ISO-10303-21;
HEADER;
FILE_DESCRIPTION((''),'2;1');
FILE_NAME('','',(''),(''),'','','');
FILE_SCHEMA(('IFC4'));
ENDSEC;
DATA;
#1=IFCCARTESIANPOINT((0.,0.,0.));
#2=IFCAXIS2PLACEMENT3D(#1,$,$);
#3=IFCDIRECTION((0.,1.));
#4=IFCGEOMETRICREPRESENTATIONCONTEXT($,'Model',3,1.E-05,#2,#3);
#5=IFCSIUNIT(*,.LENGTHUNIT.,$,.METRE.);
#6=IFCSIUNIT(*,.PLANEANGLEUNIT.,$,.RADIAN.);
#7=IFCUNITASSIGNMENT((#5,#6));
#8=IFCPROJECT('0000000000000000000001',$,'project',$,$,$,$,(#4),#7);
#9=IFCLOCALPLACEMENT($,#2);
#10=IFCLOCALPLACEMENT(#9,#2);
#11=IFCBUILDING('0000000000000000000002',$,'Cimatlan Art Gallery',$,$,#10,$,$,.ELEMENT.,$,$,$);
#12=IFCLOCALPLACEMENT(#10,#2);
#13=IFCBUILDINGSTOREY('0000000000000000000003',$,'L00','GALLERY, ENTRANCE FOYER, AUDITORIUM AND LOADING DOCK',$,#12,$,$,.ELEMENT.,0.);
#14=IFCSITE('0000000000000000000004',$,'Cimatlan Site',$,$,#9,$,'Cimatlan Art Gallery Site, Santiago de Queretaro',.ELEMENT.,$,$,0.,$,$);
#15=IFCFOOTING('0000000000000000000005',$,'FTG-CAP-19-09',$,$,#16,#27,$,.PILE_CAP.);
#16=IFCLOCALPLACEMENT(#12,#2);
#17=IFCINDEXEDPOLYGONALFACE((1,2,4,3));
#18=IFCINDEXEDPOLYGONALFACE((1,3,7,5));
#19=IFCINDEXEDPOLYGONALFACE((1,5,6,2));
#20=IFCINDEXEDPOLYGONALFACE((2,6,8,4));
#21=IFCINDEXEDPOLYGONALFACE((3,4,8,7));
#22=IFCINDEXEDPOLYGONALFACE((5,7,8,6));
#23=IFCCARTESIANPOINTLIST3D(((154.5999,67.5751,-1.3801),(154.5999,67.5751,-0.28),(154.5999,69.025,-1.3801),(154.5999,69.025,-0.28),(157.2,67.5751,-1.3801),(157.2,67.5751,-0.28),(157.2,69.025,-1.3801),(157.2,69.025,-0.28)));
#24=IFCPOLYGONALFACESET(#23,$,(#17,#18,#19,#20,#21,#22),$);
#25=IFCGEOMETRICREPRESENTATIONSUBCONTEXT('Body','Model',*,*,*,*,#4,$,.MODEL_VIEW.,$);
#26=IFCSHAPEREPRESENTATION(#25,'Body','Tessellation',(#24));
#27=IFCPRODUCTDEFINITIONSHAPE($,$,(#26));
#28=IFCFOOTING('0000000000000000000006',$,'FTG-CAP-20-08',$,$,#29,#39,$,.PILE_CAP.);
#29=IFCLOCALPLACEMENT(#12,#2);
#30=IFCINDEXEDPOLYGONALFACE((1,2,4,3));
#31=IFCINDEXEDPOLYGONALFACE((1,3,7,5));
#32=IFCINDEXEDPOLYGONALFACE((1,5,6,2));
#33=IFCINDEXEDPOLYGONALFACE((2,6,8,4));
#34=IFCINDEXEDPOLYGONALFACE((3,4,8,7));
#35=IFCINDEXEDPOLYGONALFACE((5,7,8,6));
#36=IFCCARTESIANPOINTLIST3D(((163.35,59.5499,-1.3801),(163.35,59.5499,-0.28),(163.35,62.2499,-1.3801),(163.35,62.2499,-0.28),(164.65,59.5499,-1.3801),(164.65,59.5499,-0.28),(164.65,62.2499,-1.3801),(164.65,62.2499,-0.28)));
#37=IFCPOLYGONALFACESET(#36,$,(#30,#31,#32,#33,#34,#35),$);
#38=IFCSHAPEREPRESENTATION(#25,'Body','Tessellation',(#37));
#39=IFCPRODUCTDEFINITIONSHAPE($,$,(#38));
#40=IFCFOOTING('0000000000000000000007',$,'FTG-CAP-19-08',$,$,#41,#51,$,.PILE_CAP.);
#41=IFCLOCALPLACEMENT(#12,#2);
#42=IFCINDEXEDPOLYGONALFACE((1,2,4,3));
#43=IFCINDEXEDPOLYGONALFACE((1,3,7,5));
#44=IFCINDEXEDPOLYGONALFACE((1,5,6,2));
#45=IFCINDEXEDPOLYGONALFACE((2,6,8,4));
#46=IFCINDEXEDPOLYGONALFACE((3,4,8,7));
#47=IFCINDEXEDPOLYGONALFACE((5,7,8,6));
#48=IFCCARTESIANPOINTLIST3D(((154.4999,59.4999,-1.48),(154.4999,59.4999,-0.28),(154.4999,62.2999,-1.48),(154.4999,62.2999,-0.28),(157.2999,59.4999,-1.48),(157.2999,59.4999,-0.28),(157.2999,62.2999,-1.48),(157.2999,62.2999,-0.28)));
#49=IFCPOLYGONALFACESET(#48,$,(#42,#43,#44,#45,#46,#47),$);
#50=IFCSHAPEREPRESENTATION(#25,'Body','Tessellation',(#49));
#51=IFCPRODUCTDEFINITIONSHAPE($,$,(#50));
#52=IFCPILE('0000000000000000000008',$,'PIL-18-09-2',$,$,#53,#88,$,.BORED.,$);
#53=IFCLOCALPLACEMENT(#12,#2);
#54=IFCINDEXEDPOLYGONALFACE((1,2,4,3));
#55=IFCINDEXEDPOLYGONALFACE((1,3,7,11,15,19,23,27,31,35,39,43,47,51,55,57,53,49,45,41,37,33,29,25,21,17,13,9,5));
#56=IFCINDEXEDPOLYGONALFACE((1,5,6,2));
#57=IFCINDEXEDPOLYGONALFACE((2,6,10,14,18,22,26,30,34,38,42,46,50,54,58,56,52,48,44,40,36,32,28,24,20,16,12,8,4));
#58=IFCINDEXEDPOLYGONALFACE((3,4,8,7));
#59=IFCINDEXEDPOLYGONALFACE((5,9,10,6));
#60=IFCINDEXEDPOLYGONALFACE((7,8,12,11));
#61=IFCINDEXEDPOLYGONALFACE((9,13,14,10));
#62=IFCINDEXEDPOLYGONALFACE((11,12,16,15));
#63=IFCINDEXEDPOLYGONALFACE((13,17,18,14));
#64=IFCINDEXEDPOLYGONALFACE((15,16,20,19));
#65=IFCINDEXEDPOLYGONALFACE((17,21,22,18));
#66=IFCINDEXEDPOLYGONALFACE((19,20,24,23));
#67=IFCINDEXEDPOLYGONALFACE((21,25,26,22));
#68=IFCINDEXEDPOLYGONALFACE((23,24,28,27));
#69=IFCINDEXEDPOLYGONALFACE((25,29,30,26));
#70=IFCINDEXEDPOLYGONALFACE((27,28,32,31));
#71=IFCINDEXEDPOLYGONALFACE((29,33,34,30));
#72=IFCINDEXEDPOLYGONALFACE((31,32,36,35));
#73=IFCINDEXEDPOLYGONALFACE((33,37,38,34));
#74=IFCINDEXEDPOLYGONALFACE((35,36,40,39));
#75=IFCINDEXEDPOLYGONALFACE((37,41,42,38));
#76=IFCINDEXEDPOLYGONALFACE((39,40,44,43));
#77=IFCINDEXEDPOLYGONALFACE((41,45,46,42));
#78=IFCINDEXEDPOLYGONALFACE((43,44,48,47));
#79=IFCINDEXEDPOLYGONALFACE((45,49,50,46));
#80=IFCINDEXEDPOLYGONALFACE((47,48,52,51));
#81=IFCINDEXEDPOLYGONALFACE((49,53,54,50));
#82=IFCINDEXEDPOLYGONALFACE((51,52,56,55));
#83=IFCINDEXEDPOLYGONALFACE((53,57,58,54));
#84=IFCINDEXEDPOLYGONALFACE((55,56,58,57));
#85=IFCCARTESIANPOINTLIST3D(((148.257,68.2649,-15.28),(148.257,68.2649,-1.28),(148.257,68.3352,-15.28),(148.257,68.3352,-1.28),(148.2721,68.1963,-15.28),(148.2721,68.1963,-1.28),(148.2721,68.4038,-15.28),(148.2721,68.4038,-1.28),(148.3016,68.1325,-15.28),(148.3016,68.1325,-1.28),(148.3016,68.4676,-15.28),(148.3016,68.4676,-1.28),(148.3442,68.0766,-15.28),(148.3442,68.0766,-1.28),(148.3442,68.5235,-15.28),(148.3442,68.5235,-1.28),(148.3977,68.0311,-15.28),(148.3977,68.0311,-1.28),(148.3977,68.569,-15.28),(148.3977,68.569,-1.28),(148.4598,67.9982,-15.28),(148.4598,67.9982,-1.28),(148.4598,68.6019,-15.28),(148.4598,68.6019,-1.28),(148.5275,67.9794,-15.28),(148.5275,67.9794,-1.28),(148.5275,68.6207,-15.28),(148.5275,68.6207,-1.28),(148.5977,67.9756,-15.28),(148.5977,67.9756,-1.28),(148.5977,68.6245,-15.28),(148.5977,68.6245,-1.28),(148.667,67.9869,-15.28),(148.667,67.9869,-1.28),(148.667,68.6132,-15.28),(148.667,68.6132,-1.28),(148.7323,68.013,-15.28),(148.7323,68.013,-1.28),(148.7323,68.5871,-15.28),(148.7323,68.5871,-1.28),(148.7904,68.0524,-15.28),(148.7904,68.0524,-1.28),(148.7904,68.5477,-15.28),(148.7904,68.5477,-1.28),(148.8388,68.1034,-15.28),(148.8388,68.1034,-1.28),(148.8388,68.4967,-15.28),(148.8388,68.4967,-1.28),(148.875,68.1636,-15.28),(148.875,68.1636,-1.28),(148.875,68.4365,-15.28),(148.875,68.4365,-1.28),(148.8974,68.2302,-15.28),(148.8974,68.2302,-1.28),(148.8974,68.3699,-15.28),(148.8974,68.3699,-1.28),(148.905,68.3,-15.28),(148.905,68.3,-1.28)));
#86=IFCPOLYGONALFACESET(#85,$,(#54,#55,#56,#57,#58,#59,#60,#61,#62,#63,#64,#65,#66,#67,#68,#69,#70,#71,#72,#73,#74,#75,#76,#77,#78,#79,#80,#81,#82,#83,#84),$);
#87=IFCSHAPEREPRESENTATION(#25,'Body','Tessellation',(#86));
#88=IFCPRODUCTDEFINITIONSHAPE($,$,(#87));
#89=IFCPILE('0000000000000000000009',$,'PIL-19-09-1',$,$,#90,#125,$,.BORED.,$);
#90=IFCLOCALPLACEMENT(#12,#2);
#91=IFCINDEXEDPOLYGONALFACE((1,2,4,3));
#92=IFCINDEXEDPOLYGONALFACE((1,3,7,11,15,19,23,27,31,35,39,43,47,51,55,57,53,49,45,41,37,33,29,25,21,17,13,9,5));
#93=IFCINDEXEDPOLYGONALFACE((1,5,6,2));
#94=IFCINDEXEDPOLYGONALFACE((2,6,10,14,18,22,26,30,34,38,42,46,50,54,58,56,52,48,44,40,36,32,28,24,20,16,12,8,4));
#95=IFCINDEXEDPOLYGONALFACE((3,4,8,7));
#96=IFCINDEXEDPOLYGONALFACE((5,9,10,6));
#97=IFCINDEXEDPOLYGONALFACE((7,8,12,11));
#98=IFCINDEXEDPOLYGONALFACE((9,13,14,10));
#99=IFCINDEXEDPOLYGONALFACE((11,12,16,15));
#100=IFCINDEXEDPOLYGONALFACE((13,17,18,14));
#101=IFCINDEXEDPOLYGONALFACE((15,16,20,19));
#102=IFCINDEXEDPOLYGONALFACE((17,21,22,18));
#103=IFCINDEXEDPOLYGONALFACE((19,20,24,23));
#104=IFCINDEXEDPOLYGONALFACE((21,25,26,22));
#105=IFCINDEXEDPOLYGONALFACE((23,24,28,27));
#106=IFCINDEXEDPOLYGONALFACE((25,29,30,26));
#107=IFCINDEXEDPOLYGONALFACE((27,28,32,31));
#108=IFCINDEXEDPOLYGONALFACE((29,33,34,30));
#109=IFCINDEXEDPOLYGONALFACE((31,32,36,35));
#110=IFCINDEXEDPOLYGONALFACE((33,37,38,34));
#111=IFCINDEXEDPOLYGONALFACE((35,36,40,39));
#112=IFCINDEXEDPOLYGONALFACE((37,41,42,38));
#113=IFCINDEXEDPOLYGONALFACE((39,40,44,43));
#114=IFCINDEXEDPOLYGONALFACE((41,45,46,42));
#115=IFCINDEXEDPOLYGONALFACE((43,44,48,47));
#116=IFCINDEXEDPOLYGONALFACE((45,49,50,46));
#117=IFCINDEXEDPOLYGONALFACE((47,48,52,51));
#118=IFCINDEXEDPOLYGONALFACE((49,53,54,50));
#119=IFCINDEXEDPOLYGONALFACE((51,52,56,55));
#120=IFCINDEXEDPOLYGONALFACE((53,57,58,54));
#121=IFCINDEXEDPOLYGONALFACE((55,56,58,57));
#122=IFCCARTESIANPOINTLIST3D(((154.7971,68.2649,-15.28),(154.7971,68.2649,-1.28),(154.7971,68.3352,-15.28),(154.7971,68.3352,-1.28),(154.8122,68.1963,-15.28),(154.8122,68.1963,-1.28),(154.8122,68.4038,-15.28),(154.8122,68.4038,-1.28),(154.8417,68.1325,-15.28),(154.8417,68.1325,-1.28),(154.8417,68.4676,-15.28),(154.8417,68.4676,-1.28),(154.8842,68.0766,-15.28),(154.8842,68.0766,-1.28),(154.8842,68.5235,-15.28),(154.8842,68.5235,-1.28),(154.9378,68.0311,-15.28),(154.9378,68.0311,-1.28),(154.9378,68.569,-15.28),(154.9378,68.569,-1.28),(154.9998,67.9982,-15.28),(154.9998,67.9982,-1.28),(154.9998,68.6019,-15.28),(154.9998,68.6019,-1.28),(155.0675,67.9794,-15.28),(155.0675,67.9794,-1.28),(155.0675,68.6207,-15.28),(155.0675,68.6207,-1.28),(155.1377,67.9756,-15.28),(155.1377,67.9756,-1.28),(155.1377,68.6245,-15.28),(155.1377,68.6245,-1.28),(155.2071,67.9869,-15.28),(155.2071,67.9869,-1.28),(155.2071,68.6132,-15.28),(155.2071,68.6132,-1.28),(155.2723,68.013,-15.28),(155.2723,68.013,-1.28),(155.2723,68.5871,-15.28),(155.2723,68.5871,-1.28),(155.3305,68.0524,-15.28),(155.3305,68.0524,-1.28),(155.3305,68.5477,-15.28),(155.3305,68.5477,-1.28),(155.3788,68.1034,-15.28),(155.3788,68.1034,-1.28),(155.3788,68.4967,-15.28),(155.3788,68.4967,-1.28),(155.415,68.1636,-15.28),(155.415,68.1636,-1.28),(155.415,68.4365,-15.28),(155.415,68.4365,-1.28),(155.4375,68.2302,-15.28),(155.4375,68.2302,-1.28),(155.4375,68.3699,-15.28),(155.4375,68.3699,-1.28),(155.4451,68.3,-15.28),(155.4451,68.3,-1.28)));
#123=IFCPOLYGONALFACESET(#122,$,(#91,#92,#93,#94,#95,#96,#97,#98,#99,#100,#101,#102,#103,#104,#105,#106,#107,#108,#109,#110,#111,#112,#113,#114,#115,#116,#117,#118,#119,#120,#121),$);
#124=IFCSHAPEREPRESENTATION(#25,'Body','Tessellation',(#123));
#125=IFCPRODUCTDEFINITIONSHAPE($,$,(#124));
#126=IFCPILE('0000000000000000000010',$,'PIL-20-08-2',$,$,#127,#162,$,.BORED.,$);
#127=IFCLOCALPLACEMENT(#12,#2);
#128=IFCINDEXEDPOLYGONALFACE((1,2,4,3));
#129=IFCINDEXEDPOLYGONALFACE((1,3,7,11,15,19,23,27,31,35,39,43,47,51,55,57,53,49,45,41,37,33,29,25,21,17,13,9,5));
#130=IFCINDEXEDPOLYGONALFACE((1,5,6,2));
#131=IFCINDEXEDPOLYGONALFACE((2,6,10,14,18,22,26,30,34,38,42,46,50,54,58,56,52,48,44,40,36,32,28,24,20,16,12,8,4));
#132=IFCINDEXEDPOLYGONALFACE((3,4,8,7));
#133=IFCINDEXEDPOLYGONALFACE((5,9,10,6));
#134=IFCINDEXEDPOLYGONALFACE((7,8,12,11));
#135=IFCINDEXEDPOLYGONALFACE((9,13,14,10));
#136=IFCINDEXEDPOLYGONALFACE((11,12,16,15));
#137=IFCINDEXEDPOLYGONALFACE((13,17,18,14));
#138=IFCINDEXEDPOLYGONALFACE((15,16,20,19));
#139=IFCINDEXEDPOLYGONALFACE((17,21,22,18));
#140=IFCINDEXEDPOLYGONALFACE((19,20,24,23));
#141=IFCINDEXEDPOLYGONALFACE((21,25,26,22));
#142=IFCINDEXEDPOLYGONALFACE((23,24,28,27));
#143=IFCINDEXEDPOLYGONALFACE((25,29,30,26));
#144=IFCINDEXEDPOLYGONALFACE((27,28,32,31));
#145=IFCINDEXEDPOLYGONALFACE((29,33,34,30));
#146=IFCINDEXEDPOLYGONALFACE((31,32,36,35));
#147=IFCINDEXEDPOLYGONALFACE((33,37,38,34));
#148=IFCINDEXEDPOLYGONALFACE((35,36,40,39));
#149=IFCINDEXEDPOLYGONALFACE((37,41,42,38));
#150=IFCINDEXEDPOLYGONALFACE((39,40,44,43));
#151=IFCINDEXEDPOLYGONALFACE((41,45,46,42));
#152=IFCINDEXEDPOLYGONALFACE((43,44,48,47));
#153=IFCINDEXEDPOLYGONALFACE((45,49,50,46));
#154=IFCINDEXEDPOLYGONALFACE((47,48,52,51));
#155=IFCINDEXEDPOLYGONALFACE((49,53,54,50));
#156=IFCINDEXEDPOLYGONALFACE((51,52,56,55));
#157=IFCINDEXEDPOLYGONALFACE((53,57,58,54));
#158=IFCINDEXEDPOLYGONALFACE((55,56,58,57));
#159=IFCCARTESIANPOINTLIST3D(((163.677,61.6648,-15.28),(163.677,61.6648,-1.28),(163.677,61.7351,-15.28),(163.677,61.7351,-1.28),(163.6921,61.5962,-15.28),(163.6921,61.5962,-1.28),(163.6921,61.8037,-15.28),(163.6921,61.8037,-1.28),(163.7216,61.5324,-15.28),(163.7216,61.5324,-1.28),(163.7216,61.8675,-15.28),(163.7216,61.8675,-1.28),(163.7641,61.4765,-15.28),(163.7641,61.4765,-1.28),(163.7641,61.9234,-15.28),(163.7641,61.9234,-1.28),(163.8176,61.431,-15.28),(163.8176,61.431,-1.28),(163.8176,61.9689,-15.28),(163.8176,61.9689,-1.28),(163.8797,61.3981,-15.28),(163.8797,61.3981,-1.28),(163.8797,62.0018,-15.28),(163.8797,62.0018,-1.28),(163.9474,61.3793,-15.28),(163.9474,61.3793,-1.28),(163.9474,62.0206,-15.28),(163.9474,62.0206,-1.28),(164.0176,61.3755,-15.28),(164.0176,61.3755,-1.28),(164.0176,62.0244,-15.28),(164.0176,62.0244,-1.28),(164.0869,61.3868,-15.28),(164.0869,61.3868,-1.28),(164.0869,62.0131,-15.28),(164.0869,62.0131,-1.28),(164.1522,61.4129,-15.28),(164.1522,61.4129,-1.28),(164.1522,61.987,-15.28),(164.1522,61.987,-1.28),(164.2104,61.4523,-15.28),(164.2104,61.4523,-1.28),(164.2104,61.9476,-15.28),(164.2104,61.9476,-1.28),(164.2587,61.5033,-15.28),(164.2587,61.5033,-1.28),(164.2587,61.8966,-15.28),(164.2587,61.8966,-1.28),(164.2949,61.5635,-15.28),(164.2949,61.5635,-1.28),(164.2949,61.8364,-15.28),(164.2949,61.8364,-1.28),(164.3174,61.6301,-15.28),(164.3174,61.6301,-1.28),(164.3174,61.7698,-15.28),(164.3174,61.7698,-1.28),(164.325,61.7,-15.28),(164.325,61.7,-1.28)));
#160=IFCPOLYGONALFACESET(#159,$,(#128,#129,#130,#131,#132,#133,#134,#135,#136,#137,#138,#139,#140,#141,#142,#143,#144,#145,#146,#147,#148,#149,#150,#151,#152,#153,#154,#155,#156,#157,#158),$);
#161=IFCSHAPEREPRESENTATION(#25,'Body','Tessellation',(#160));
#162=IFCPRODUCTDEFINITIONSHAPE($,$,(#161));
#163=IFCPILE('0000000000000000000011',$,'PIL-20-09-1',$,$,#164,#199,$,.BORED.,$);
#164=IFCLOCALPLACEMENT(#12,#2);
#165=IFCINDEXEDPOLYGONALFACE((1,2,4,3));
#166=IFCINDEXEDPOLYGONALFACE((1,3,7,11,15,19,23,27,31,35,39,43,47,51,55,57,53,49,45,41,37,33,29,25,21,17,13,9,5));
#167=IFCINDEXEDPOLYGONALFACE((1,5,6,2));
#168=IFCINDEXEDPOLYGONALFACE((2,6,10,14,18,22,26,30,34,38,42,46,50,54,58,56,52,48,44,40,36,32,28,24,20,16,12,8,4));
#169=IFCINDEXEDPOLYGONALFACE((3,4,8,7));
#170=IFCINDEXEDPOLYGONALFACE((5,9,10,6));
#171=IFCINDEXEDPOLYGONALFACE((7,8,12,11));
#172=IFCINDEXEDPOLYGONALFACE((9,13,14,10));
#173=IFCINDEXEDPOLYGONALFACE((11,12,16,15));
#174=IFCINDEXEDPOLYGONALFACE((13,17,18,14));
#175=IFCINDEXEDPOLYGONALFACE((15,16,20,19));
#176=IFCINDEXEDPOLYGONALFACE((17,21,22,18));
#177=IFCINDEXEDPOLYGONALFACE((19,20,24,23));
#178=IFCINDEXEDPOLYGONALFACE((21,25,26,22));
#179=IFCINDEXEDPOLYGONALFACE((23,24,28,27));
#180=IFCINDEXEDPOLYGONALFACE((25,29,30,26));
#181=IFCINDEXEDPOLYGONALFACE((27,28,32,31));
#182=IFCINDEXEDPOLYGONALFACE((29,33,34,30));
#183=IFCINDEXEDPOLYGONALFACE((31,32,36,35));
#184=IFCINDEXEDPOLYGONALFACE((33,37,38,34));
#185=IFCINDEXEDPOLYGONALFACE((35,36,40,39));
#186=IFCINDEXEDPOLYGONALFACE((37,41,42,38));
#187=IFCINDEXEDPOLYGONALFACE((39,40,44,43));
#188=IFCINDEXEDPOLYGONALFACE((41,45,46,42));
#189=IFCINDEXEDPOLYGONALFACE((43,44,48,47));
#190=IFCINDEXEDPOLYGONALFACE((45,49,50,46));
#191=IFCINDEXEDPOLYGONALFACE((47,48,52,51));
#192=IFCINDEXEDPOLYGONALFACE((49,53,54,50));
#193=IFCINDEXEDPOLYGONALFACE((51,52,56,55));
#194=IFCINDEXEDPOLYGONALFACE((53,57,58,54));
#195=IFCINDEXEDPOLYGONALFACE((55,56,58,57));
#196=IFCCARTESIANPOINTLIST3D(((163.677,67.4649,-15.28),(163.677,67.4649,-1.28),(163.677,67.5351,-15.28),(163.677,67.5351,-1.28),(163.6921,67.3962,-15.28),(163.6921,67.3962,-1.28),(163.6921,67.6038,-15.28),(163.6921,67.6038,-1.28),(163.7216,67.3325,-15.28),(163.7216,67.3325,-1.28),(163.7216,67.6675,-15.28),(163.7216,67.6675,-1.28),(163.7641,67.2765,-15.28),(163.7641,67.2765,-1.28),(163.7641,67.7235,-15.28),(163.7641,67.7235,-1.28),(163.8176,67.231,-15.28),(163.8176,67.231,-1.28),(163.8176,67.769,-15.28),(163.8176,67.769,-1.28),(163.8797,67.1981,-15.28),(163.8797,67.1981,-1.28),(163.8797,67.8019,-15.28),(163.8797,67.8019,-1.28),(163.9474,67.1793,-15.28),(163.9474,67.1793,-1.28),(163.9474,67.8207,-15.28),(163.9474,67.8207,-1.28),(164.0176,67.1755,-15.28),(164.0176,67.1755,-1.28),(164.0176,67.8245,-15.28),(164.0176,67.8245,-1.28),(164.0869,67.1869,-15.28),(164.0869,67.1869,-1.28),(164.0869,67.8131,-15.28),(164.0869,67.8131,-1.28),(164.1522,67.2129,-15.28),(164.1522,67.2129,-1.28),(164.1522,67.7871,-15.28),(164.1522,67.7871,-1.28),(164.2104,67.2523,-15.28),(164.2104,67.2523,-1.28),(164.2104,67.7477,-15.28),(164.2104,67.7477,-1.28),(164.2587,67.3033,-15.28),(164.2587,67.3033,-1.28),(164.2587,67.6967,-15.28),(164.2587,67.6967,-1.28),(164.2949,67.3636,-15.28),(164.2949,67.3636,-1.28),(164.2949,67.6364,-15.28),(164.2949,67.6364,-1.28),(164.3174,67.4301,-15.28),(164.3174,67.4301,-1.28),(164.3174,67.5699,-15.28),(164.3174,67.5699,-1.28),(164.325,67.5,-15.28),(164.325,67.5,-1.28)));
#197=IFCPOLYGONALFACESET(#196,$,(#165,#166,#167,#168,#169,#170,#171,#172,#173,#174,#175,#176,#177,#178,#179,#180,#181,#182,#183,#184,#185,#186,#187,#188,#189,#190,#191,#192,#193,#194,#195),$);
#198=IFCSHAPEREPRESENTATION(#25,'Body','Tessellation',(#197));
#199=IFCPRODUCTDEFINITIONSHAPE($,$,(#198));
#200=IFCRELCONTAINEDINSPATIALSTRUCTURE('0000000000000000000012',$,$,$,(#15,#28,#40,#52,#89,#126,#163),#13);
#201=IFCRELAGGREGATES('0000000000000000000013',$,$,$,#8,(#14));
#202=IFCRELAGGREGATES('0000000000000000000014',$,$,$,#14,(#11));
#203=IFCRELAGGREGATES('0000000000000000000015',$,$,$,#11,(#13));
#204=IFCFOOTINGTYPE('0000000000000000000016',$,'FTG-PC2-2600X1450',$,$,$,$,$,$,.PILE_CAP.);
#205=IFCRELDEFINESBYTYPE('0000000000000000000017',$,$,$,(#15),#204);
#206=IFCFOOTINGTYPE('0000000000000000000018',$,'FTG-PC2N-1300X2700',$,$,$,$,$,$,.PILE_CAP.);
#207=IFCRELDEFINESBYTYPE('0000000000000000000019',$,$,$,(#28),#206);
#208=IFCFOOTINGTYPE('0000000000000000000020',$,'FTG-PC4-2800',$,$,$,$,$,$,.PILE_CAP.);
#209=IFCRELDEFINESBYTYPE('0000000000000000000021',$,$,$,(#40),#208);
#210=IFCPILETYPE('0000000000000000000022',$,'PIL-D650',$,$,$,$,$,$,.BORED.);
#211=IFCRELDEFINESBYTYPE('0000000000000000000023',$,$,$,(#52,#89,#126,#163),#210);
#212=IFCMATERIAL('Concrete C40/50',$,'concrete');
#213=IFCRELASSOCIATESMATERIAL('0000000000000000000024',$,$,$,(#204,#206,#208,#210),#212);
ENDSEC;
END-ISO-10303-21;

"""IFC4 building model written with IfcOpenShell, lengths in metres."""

from ifc_helpers import new_model, si_unit, direction, frame, origin, origin_2d, place, context, subcontext, project, spatial, rectangle, circle, extrude, material, type_object, element, save


model = new_model("IFC4")

# Units and contexts
model_context = context("Model", 3, precision=1e-05, world=origin(), true_north=direction((0.0, 1.0)))
body_context = subcontext(model_context, "Body", "Model", "MODEL_VIEW")
ifc_project = project(units=[si_unit("LENGTHUNIT", "METRE"), si_unit("PLANEANGLEUNIT", "RADIAN")], contexts=[model_context])

# Site, building, storey
site_placement = place(None, origin())
site = spatial("IfcSite", under=ifc_project, at=site_placement, Name="Cimatlan Site", LongName="Cimatlan Art Gallery Site, Santiago de Queretaro", CompositionType="ELEMENT", RefElevation=0.0)
building_placement = place(site_placement, origin())
building = spatial("IfcBuilding", under=site, at=building_placement, Name="Cimatlan Art Gallery", CompositionType="ELEMENT")
storey_placement = place(building_placement, origin())
storey = spatial("IfcBuildingStorey", under=building, at=storey_placement, Name="L00", Description="GALLERY, ENTRANCE FOYER, AUDITORIUM AND LOADING DOCK", CompositionType="ELEMENT", Elevation=0.0)

# Footings
ifc_material_1 = material(Name="Concrete C40/50", Category="concrete")
footing_type_1 = type_object("IfcFootingType", Name="FTG-PC2-2600X1450", PredefinedType="PILE_CAP", material=ifc_material_1)
footing_1_placement = place(storey_placement, frame((155.8999, 68.3, -1.3801), z_axis=(0.0, 0.0, 1.0), x_axis=(1.0, 0.0, 0.0)))
element("IfcFooting", 1, at=footing_1_placement, inside=storey, type_object=footing_type_1, Name="FTG-CAP-19-09", PredefinedType="PILE_CAP", context=body_context, shape_type="SweptSolid", body=[
    extrude(rectangle(XDim=2.6001, YDim=1.45, at=origin_2d()), origin(), (0.0, 0.0, 1.0), 1.1001),
])
footing_type_2 = type_object("IfcFootingType", Name="FTG-PC2N-1300X2700", PredefinedType="PILE_CAP", material=ifc_material_1)
footing_2_placement = place(storey_placement, frame((164.0, 60.8999, -1.3801), z_axis=(0.0, 0.0, 1.0), x_axis=(1.0, 0.0, 0.0)))
element("IfcFooting", 2, at=footing_2_placement, inside=storey, type_object=footing_type_2, Name="FTG-CAP-20-08", PredefinedType="PILE_CAP", context=body_context, shape_type="SweptSolid", body=[
    extrude(rectangle(XDim=1.3, YDim=2.7, at=origin_2d()), origin(), (0.0, 0.0, 1.0), 1.1001),
])
footing_type_3 = type_object("IfcFootingType", Name="FTG-PC4-2800", PredefinedType="PILE_CAP", material=ifc_material_1)
footing_3_placement = place(storey_placement, frame((155.8999, 60.8999, -1.48), z_axis=(0.0, 0.0, 1.0), x_axis=(1.0, 0.0, 0.0)))
element("IfcFooting", 3, at=footing_3_placement, inside=storey, type_object=footing_type_3, Name="FTG-CAP-19-08", PredefinedType="PILE_CAP", context=body_context, shape_type="SweptSolid", body=[
    extrude(rectangle(XDim=2.8, YDim=2.8, at=origin_2d()), origin(), (0.0, 0.0, 1.0), 1.2),
])

# Piles
pile_type_1 = type_object("IfcPileType", Name="PIL-D650", PredefinedType="BORED", material=ifc_material_1)
for number, where, z_axis, x_axis, name in (
    (4, (148.5801, 68.3, -1.28), (0.0, 0.0, -1.0), (1.0, 0.0, 0.0), "PIL-18-09-2"),
    (5, (155.1201, 68.3, -1.28), (0.0, 0.0, -1.0), (1.0, 0.0, 0.0), "PIL-19-09-1"),
    (6, (164.0, 61.7, -1.28), (0.0, 0.0, -1.0), (1.0, 0.0, 0.0), "PIL-20-08-2"),
    (7, (164.0, 67.5, -1.28), (0.0, 0.0, -1.0), (1.0, 0.0, 0.0), "PIL-20-09-1"),
):
    element("IfcPile", number, at=place(storey_placement, frame(where, z_axis=z_axis, x_axis=x_axis)), inside=storey, type_object=pile_type_1, Name=name, PredefinedType="BORED", context=body_context, shape_type="SweptSolid", body=[
        extrude(circle(Radius=0.325, at=origin_2d()), origin(), (0.0, 0.0, 1.0), 14.0),
    ])

save(model, "model.ifc")
